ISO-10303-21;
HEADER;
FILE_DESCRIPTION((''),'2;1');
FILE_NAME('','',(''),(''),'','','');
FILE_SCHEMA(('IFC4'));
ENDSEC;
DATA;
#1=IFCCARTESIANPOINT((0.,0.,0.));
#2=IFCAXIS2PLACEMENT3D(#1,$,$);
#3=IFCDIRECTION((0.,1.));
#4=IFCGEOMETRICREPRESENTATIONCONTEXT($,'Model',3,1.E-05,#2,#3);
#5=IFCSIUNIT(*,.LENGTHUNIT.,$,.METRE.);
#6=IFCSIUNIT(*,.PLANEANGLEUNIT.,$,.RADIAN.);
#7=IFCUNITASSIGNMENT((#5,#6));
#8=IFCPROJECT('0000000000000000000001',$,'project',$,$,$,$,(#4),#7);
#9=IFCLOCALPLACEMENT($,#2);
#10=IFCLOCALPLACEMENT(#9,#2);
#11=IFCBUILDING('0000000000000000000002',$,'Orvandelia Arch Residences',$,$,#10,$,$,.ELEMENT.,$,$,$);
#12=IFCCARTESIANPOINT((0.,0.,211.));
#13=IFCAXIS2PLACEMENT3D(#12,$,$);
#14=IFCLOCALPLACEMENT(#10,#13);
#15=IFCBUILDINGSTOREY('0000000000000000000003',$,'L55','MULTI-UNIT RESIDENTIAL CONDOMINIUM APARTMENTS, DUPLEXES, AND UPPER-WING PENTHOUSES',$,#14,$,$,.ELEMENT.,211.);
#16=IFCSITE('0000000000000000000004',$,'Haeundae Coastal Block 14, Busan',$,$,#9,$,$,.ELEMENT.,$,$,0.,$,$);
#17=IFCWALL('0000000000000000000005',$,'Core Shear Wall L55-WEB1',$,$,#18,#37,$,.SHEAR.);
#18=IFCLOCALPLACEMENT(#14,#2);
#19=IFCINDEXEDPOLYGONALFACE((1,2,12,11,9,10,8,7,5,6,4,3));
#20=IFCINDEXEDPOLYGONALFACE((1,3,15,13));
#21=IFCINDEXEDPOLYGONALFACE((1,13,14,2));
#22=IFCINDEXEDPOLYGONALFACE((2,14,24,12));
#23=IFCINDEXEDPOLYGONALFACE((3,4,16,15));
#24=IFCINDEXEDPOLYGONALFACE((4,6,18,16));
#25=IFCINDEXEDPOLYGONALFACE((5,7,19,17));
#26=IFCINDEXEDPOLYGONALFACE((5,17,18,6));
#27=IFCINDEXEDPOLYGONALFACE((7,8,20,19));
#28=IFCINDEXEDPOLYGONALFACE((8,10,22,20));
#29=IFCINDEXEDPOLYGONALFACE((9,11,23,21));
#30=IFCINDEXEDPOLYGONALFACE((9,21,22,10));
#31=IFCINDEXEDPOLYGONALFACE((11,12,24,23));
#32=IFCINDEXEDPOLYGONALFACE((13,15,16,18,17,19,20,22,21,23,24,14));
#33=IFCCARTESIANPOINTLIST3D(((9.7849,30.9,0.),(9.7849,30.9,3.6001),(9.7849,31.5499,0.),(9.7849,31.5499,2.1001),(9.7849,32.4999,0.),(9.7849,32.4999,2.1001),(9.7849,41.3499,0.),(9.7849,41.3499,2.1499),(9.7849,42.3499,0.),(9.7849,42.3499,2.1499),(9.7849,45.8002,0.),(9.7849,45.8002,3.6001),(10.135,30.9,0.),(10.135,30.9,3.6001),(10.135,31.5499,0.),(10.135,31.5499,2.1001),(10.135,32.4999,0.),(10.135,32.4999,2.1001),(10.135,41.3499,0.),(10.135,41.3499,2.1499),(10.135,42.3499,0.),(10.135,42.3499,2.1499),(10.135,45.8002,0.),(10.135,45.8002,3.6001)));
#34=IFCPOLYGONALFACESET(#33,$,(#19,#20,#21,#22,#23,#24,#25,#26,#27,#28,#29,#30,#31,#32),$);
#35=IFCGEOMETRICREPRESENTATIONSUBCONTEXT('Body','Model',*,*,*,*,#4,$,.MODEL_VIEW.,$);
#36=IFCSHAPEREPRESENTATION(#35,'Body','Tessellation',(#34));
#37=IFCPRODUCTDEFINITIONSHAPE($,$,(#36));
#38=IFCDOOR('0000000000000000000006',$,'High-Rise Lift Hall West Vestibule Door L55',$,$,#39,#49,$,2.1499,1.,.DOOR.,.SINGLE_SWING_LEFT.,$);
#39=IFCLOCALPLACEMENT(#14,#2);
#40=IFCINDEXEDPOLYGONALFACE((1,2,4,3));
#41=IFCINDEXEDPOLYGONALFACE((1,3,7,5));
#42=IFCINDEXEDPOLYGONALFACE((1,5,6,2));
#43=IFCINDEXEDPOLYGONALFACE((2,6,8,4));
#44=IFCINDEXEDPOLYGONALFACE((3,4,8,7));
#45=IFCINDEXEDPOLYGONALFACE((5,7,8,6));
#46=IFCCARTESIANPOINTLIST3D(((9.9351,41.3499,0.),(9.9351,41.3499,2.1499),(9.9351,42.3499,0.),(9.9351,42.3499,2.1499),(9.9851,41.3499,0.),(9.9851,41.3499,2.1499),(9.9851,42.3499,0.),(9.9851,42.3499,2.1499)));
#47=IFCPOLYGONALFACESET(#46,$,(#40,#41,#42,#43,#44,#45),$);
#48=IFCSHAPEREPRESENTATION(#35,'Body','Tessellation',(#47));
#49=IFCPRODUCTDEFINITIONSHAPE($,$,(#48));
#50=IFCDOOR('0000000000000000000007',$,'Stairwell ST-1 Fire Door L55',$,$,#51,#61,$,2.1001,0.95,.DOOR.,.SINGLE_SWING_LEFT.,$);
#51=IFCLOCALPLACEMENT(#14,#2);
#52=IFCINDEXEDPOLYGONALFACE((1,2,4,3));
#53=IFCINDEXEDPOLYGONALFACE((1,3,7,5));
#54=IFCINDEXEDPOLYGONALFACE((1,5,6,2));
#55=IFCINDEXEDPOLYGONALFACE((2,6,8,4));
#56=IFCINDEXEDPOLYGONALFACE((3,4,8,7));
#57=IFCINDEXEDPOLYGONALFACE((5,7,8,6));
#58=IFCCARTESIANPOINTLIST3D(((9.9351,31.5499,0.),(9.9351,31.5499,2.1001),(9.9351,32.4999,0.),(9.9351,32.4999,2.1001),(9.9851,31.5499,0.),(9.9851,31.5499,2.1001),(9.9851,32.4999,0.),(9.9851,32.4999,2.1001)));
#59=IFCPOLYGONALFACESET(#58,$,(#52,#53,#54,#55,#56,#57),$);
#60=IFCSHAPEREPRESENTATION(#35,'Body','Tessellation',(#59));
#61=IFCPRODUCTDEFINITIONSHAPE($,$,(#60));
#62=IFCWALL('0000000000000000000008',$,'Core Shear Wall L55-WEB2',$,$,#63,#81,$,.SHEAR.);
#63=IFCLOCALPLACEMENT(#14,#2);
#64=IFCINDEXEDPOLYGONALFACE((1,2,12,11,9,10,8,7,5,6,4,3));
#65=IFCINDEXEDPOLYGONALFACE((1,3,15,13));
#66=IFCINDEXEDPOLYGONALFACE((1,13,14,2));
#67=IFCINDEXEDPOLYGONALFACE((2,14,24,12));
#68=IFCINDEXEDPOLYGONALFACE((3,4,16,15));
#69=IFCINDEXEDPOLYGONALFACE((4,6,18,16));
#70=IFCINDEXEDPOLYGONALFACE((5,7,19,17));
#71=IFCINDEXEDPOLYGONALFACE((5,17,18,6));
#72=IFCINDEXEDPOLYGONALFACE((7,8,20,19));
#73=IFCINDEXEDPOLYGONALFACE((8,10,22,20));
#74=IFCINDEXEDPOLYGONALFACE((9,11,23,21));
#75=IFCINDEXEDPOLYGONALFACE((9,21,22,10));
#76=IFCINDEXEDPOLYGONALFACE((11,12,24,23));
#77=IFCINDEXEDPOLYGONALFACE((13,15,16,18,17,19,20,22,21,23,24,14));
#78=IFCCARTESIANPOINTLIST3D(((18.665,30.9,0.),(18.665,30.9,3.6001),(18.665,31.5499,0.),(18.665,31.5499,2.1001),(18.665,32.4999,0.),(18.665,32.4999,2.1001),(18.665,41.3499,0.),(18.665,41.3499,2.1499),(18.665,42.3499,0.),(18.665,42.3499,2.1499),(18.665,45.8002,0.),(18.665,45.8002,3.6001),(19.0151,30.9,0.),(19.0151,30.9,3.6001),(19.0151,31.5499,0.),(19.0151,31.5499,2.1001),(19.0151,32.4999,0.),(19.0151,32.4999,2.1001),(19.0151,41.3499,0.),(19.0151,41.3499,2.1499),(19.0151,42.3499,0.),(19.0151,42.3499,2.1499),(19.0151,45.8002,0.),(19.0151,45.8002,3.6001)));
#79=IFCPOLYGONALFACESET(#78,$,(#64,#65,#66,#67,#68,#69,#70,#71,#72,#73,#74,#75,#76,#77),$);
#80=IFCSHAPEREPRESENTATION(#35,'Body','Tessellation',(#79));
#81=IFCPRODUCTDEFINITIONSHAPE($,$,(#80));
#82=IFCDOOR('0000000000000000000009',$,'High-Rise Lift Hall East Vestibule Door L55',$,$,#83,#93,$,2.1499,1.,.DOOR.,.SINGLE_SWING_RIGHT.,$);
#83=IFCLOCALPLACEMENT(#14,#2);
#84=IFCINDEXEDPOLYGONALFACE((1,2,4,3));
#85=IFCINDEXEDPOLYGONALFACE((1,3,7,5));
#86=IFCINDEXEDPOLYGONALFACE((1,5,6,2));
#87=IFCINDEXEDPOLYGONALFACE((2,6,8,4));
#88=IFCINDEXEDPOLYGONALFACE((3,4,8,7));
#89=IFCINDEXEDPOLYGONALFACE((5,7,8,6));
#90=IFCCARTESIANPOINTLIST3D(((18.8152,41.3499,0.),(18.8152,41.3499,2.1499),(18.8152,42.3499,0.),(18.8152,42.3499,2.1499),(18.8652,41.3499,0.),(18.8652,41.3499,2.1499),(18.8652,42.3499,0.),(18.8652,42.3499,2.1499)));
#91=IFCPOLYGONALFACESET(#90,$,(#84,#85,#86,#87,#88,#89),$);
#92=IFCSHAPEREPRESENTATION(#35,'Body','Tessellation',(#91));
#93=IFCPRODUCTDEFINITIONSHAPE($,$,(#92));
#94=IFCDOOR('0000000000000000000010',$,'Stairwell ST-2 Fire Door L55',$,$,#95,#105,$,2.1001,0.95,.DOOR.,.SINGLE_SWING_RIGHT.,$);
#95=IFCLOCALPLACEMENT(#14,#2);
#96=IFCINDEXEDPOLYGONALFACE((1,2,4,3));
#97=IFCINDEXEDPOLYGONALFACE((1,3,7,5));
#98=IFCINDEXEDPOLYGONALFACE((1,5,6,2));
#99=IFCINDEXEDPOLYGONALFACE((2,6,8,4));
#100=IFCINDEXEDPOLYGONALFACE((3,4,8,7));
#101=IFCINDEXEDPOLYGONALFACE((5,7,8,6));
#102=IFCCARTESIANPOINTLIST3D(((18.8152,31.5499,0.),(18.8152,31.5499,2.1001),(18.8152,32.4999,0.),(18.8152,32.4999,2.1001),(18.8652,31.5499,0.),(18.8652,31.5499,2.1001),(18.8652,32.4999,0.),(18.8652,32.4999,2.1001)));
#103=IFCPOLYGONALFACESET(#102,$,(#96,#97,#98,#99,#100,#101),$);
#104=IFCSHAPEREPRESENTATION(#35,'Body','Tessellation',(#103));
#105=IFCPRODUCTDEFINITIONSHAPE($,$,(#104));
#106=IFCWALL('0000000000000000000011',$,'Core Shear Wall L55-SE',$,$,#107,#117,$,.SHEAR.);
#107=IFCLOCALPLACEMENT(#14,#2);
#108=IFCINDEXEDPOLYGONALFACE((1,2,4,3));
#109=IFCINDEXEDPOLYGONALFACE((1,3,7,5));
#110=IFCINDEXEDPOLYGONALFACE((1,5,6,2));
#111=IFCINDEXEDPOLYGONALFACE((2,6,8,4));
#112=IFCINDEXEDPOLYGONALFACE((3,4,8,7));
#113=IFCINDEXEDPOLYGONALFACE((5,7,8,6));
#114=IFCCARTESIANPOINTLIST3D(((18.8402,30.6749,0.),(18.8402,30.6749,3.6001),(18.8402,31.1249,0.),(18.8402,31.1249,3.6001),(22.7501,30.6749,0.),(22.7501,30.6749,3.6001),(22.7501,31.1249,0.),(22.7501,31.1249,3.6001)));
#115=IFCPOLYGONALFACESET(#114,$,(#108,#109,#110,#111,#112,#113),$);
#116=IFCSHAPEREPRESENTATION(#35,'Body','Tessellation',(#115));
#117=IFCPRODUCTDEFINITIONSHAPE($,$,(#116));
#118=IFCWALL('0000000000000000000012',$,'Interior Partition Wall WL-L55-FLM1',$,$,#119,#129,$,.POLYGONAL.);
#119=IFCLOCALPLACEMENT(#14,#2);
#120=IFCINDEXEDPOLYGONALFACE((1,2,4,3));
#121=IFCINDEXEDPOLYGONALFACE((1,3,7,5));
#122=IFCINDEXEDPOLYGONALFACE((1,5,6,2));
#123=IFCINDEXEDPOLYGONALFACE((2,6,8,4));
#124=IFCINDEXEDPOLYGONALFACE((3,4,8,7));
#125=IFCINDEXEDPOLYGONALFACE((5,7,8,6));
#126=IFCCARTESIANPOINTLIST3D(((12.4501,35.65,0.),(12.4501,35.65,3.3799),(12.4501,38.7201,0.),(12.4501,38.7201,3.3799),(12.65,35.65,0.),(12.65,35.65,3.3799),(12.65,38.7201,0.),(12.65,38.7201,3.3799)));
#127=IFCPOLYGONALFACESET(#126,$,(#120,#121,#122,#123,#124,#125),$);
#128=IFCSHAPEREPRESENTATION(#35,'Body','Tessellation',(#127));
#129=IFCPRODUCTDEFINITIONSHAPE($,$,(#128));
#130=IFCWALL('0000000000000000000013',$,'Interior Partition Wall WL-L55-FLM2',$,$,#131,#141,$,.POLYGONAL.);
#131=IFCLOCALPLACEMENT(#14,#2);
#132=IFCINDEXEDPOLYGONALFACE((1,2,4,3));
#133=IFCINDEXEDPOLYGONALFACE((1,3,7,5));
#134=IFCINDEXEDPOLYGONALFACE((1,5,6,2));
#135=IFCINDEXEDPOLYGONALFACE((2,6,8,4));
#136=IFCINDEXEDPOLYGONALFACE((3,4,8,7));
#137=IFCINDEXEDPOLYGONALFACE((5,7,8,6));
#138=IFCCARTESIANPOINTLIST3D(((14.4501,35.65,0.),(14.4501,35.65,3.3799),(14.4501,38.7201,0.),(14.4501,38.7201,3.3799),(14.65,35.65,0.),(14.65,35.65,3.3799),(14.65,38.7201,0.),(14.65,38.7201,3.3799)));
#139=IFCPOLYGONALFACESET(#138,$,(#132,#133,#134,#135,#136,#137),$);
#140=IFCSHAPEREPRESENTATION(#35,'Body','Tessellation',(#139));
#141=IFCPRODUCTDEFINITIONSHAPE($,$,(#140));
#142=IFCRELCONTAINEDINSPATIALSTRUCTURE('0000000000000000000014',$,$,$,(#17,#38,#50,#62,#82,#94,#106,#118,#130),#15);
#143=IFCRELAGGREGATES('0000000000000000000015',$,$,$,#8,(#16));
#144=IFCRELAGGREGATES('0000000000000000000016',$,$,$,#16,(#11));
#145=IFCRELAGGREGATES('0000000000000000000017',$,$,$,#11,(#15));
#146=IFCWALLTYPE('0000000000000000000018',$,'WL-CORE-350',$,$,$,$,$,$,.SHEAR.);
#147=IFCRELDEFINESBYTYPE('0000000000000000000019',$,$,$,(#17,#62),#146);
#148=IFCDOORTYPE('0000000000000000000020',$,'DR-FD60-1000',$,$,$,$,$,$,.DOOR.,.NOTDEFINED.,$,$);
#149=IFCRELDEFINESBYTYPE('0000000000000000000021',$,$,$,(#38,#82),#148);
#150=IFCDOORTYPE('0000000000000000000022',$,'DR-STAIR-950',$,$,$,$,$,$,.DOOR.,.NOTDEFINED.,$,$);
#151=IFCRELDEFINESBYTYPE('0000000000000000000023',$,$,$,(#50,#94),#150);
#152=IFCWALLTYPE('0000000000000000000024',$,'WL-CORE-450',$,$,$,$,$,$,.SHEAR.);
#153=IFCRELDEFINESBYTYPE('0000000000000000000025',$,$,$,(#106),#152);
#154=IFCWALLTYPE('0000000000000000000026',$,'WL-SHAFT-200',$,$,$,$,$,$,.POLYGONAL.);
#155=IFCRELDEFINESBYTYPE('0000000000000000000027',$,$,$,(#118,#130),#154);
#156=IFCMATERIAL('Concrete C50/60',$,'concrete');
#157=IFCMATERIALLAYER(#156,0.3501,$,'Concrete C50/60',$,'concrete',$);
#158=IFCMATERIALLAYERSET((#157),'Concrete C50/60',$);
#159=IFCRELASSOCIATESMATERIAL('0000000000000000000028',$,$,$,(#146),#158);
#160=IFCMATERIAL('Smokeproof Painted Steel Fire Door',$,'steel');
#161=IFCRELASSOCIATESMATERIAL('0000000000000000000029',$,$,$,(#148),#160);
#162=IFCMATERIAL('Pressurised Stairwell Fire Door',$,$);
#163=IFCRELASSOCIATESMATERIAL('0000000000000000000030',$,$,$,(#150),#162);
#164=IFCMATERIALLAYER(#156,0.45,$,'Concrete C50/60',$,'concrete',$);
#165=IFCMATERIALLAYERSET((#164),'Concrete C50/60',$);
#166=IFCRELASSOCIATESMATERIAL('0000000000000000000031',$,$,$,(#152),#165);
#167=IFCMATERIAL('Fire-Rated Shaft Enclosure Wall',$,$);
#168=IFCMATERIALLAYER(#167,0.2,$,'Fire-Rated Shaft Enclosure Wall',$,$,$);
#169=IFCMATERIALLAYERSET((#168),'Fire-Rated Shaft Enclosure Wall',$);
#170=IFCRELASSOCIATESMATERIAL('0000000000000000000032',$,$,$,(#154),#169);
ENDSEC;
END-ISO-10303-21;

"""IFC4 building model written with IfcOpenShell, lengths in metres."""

from ifc_helpers import new_model, si_unit, direction, frame, frame_2d, origin, place, context, subcontext, project, spatial, rectangle, extrude, material, layer, layer_set, type_object, element, fill, save


model = new_model("IFC4")

# Units and contexts
model_context = context("Model", 3, precision=1e-05, world=origin(), true_north=direction((0.0, 1.0)))
body_context = subcontext(model_context, "Body", "Model", "MODEL_VIEW")
ifc_project = project(units=[si_unit("LENGTHUNIT", "METRE"), si_unit("PLANEANGLEUNIT", "RADIAN")], contexts=[model_context])

# Site, building, storey
site_placement = place(None, origin())
site = spatial("IfcSite", under=ifc_project, at=site_placement, Name="Haeundae Coastal Block 14, Busan", CompositionType="ELEMENT", RefElevation=0.0)
building_placement = place(site_placement, origin())
building = spatial("IfcBuilding", under=site, at=building_placement, Name="Orvandelia Arch Residences", CompositionType="ELEMENT")
storey_placement = place(building_placement, frame((0.0, 0.0, 211.0)))
storey = spatial("IfcBuildingStorey", under=building, at=storey_placement, Name="L55", Description="MULTI-UNIT RESIDENTIAL CONDOMINIUM APARTMENTS, DUPLEXES, AND UPPER-WING PENTHOUSES", CompositionType="ELEMENT", Elevation=211.0)

# Walls, openings, doors
ifc_material_1 = material(Name="Concrete C50/60", Category="concrete")
ifc_layer_1 = layer(ifc_material_1, 0.3501, Name="Concrete C50/60", Category="concrete")
ifc_layer_set_1 = layer_set([ifc_layer_1], Name="Concrete C50/60")
wall_type_1 = type_object("IfcWallType", Name="WL-CORE-350", PredefinedType="SHEAR", material=ifc_layer_set_1)
wall_1_placement = place(storey_placement, frame((9.96, 30.8999, 0.0), z_axis=(0.0, 0.0, 1.0), x_axis=(0.0, 1.0, 0.0)))
wall_1 = element("IfcWall", 1, at=wall_1_placement, inside=storey, type_object=wall_type_1, Name="Core Shear Wall L55-WEB1", PredefinedType="SHEAR", context=body_context, shape_type="SweptSolid", body=[
    extrude(rectangle(XDim=14.9001, YDim=0.3501, at=frame_2d((7.4502, 0.0))), origin(), (0.0, 0.0, 1.0), 3.6001),
])
opening_1_placement = place(wall_1_placement, frame((0.6499, 0.0, 0.0)))
opening_1 = element("IfcOpeningElement", 2, at=opening_1_placement, cuts=wall_1, PredefinedType="OPENING", context=body_context, shape_type="SweptSolid", body=[
    extrude(rectangle(XDim=0.95, YDim=2.1001, at=frame_2d((0.4751, 1.05))), frame((0.0, 0.1851, 0.0), z_axis=(0.0, -1.0, 0.0), x_axis=(1.0, 0.0, 0.0)), (0.0, 0.0, 1.0), 0.3701),
])
opening_2_placement = place(wall_1_placement, frame((10.45, 0.0, 0.0)))
opening_2 = element("IfcOpeningElement", 3, at=opening_2_placement, cuts=wall_1, PredefinedType="OPENING", context=body_context, shape_type="SweptSolid", body=[
    extrude(rectangle(XDim=1.0, YDim=2.1499, at=frame_2d((0.5, 1.075))), frame((0.0, 0.1851, 0.0), z_axis=(0.0, -1.0, 0.0), x_axis=(1.0, 0.0, 0.0)), (0.0, 0.0, 1.0), 0.3701),
])
ifc_material_2 = material(Name="Smokeproof Painted Steel Fire Door", Category="steel")
door_type_1 = type_object("IfcDoorType", Name="DR-FD60-1000", OperationType="NOTDEFINED", PredefinedType="DOOR", material=ifc_material_2)
door_1_placement = place(opening_2_placement, origin())
door_1 = element("IfcDoor", 4, at=door_1_placement, inside=storey, type_object=door_type_1, Name="High-Rise Lift Hall West Vestibule Door L55", OperationType="SINGLE_SWING_LEFT", OverallHeight=2.1499, OverallWidth=1.0, PredefinedType="DOOR", context=body_context, shape_type="SweptSolid", body=[
    extrude(rectangle(XDim=1.0, YDim=2.1499, at=frame_2d((0.5, 1.075))), frame((0.0, 0.0249, 0.0), z_axis=(0.0, -1.0, 0.0), x_axis=(1.0, 0.0, 0.0)), (0.0, 0.0, 1.0), 0.05),
])
fill(opening_2, door_1)
ifc_material_3 = material(Name="Pressurised Stairwell Fire Door")
door_type_2 = type_object("IfcDoorType", Name="DR-STAIR-950", OperationType="NOTDEFINED", PredefinedType="DOOR", material=ifc_material_3)
door_2_placement = place(opening_1_placement, origin())
door_2 = element("IfcDoor", 5, at=door_2_placement, inside=storey, type_object=door_type_2, Name="Stairwell ST-1 Fire Door L55", OperationType="SINGLE_SWING_LEFT", OverallHeight=2.1001, OverallWidth=0.95, PredefinedType="DOOR", context=body_context, shape_type="SweptSolid", body=[
    extrude(rectangle(XDim=0.95, YDim=2.1001, at=frame_2d((0.4751, 1.05))), frame((0.0, 0.0249, 0.0), z_axis=(0.0, -1.0, 0.0), x_axis=(1.0, 0.0, 0.0)), (0.0, 0.0, 1.0), 0.05),
])
fill(opening_1, door_2)
wall_2_placement = place(storey_placement, frame((18.8401, 30.8999, 0.0), z_axis=(0.0, 0.0, 1.0), x_axis=(0.0, 1.0, 0.0)))
wall_2 = element("IfcWall", 6, at=wall_2_placement, inside=storey, type_object=wall_type_1, Name="Core Shear Wall L55-WEB2", PredefinedType="SHEAR", context=body_context, shape_type="SweptSolid", body=[
    extrude(rectangle(XDim=14.9001, YDim=0.3501, at=frame_2d((7.4502, 0.0))), origin(), (0.0, 0.0, 1.0), 3.6001),
])
opening_3_placement = place(wall_2_placement, frame((0.6499, 0.0, 0.0)))
opening_3 = element("IfcOpeningElement", 7, at=opening_3_placement, cuts=wall_2, PredefinedType="OPENING", context=body_context, shape_type="SweptSolid", body=[
    extrude(rectangle(XDim=0.95, YDim=2.1001, at=frame_2d((0.4751, 1.05))), frame((0.0, 0.1851, 0.0), z_axis=(0.0, -1.0, 0.0), x_axis=(1.0, 0.0, 0.0)), (0.0, 0.0, 1.0), 0.3701),
])
opening_4_placement = place(wall_2_placement, frame((10.45, 0.0, 0.0)))
opening_4 = element("IfcOpeningElement", 8, at=opening_4_placement, cuts=wall_2, PredefinedType="OPENING", context=body_context, shape_type="SweptSolid", body=[
    extrude(rectangle(XDim=1.0, YDim=2.1499, at=frame_2d((0.5, 1.075))), frame((0.0, 0.1851, 0.0), z_axis=(0.0, -1.0, 0.0), x_axis=(1.0, 0.0, 0.0)), (0.0, 0.0, 1.0), 0.3701),
])
door_3_placement = place(opening_4_placement, origin())
door_3 = element("IfcDoor", 9, at=door_3_placement, inside=storey, type_object=door_type_1, Name="High-Rise Lift Hall East Vestibule Door L55", OperationType="SINGLE_SWING_RIGHT", OverallHeight=2.1499, OverallWidth=1.0, PredefinedType="DOOR", context=body_context, shape_type="SweptSolid", body=[
    extrude(rectangle(XDim=1.0, YDim=2.1499, at=frame_2d((0.5, 1.075))), frame((0.0, 0.0249, 0.0), z_axis=(0.0, -1.0, 0.0), x_axis=(1.0, 0.0, 0.0)), (0.0, 0.0, 1.0), 0.05),
])
fill(opening_4, door_3)
door_4_placement = place(opening_3_placement, origin())
door_4 = element("IfcDoor", 10, at=door_4_placement, inside=storey, type_object=door_type_2, Name="Stairwell ST-2 Fire Door L55", OperationType="SINGLE_SWING_RIGHT", OverallHeight=2.1001, OverallWidth=0.95, PredefinedType="DOOR", context=body_context, shape_type="SweptSolid", body=[
    extrude(rectangle(XDim=0.95, YDim=2.1001, at=frame_2d((0.4751, 1.05))), frame((0.0, 0.0249, 0.0), z_axis=(0.0, -1.0, 0.0), x_axis=(1.0, 0.0, 0.0)), (0.0, 0.0, 1.0), 0.05),
])
fill(opening_3, door_4)

# Shared definitions
ifc_layer_2 = layer(ifc_material_1, 0.45, Name="Concrete C50/60", Category="concrete")
ifc_layer_set_2 = layer_set([ifc_layer_2], Name="Concrete C50/60")
wall_type_2 = type_object("IfcWallType", Name="WL-CORE-450", PredefinedType="SHEAR", material=ifc_layer_set_2)

# Walls
wall_3_placement = place(storey_placement, frame((18.8401, 30.8999, 0.0), z_axis=(0.0, 0.0, 1.0), x_axis=(1.0, 0.0, 0.0)))
element("IfcWall", 11, at=wall_3_placement, inside=storey, type_object=wall_type_2, Name="Core Shear Wall L55-SE", PredefinedType="SHEAR", context=body_context, shape_type="SweptSolid", body=[
    extrude(rectangle(XDim=3.9099, YDim=0.45, at=frame_2d((1.9551, 0.0))), origin(), (0.0, 0.0, 1.0), 3.6001),
])
ifc_material_4 = material(Name="Fire-Rated Shaft Enclosure Wall")
ifc_layer_3 = layer(ifc_material_4, 0.2, Name="Fire-Rated Shaft Enclosure Wall")
ifc_layer_set_3 = layer_set([ifc_layer_3], Name="Fire-Rated Shaft Enclosure Wall")
wall_type_3 = type_object("IfcWallType", Name="WL-SHAFT-200", PredefinedType="POLYGONAL", material=ifc_layer_set_3)
for number, where, z_axis, x_axis, name in (
    (12, (12.55, 35.6499, 0.0), (0.0, 0.0, 1.0), (0.0, 1.0, 0.0), "Interior Partition Wall WL-L55-FLM1"),
    (13, (14.55, 35.6499, 0.0), (0.0, 0.0, 1.0), (0.0, 1.0, 0.0), "Interior Partition Wall WL-L55-FLM2"),
):
    element("IfcWall", number, at=place(storey_placement, frame(where, z_axis=z_axis, x_axis=x_axis)), inside=storey, type_object=wall_type_3, Name=name, PredefinedType="POLYGONAL", context=body_context, shape_type="SweptSolid", body=[
        extrude(rectangle(XDim=3.0701, YDim=0.2, at=frame_2d((1.5352, 0.0))), origin(), (0.0, 0.0, 1.0), 3.3799),
    ])

save(model, "model.ifc")
